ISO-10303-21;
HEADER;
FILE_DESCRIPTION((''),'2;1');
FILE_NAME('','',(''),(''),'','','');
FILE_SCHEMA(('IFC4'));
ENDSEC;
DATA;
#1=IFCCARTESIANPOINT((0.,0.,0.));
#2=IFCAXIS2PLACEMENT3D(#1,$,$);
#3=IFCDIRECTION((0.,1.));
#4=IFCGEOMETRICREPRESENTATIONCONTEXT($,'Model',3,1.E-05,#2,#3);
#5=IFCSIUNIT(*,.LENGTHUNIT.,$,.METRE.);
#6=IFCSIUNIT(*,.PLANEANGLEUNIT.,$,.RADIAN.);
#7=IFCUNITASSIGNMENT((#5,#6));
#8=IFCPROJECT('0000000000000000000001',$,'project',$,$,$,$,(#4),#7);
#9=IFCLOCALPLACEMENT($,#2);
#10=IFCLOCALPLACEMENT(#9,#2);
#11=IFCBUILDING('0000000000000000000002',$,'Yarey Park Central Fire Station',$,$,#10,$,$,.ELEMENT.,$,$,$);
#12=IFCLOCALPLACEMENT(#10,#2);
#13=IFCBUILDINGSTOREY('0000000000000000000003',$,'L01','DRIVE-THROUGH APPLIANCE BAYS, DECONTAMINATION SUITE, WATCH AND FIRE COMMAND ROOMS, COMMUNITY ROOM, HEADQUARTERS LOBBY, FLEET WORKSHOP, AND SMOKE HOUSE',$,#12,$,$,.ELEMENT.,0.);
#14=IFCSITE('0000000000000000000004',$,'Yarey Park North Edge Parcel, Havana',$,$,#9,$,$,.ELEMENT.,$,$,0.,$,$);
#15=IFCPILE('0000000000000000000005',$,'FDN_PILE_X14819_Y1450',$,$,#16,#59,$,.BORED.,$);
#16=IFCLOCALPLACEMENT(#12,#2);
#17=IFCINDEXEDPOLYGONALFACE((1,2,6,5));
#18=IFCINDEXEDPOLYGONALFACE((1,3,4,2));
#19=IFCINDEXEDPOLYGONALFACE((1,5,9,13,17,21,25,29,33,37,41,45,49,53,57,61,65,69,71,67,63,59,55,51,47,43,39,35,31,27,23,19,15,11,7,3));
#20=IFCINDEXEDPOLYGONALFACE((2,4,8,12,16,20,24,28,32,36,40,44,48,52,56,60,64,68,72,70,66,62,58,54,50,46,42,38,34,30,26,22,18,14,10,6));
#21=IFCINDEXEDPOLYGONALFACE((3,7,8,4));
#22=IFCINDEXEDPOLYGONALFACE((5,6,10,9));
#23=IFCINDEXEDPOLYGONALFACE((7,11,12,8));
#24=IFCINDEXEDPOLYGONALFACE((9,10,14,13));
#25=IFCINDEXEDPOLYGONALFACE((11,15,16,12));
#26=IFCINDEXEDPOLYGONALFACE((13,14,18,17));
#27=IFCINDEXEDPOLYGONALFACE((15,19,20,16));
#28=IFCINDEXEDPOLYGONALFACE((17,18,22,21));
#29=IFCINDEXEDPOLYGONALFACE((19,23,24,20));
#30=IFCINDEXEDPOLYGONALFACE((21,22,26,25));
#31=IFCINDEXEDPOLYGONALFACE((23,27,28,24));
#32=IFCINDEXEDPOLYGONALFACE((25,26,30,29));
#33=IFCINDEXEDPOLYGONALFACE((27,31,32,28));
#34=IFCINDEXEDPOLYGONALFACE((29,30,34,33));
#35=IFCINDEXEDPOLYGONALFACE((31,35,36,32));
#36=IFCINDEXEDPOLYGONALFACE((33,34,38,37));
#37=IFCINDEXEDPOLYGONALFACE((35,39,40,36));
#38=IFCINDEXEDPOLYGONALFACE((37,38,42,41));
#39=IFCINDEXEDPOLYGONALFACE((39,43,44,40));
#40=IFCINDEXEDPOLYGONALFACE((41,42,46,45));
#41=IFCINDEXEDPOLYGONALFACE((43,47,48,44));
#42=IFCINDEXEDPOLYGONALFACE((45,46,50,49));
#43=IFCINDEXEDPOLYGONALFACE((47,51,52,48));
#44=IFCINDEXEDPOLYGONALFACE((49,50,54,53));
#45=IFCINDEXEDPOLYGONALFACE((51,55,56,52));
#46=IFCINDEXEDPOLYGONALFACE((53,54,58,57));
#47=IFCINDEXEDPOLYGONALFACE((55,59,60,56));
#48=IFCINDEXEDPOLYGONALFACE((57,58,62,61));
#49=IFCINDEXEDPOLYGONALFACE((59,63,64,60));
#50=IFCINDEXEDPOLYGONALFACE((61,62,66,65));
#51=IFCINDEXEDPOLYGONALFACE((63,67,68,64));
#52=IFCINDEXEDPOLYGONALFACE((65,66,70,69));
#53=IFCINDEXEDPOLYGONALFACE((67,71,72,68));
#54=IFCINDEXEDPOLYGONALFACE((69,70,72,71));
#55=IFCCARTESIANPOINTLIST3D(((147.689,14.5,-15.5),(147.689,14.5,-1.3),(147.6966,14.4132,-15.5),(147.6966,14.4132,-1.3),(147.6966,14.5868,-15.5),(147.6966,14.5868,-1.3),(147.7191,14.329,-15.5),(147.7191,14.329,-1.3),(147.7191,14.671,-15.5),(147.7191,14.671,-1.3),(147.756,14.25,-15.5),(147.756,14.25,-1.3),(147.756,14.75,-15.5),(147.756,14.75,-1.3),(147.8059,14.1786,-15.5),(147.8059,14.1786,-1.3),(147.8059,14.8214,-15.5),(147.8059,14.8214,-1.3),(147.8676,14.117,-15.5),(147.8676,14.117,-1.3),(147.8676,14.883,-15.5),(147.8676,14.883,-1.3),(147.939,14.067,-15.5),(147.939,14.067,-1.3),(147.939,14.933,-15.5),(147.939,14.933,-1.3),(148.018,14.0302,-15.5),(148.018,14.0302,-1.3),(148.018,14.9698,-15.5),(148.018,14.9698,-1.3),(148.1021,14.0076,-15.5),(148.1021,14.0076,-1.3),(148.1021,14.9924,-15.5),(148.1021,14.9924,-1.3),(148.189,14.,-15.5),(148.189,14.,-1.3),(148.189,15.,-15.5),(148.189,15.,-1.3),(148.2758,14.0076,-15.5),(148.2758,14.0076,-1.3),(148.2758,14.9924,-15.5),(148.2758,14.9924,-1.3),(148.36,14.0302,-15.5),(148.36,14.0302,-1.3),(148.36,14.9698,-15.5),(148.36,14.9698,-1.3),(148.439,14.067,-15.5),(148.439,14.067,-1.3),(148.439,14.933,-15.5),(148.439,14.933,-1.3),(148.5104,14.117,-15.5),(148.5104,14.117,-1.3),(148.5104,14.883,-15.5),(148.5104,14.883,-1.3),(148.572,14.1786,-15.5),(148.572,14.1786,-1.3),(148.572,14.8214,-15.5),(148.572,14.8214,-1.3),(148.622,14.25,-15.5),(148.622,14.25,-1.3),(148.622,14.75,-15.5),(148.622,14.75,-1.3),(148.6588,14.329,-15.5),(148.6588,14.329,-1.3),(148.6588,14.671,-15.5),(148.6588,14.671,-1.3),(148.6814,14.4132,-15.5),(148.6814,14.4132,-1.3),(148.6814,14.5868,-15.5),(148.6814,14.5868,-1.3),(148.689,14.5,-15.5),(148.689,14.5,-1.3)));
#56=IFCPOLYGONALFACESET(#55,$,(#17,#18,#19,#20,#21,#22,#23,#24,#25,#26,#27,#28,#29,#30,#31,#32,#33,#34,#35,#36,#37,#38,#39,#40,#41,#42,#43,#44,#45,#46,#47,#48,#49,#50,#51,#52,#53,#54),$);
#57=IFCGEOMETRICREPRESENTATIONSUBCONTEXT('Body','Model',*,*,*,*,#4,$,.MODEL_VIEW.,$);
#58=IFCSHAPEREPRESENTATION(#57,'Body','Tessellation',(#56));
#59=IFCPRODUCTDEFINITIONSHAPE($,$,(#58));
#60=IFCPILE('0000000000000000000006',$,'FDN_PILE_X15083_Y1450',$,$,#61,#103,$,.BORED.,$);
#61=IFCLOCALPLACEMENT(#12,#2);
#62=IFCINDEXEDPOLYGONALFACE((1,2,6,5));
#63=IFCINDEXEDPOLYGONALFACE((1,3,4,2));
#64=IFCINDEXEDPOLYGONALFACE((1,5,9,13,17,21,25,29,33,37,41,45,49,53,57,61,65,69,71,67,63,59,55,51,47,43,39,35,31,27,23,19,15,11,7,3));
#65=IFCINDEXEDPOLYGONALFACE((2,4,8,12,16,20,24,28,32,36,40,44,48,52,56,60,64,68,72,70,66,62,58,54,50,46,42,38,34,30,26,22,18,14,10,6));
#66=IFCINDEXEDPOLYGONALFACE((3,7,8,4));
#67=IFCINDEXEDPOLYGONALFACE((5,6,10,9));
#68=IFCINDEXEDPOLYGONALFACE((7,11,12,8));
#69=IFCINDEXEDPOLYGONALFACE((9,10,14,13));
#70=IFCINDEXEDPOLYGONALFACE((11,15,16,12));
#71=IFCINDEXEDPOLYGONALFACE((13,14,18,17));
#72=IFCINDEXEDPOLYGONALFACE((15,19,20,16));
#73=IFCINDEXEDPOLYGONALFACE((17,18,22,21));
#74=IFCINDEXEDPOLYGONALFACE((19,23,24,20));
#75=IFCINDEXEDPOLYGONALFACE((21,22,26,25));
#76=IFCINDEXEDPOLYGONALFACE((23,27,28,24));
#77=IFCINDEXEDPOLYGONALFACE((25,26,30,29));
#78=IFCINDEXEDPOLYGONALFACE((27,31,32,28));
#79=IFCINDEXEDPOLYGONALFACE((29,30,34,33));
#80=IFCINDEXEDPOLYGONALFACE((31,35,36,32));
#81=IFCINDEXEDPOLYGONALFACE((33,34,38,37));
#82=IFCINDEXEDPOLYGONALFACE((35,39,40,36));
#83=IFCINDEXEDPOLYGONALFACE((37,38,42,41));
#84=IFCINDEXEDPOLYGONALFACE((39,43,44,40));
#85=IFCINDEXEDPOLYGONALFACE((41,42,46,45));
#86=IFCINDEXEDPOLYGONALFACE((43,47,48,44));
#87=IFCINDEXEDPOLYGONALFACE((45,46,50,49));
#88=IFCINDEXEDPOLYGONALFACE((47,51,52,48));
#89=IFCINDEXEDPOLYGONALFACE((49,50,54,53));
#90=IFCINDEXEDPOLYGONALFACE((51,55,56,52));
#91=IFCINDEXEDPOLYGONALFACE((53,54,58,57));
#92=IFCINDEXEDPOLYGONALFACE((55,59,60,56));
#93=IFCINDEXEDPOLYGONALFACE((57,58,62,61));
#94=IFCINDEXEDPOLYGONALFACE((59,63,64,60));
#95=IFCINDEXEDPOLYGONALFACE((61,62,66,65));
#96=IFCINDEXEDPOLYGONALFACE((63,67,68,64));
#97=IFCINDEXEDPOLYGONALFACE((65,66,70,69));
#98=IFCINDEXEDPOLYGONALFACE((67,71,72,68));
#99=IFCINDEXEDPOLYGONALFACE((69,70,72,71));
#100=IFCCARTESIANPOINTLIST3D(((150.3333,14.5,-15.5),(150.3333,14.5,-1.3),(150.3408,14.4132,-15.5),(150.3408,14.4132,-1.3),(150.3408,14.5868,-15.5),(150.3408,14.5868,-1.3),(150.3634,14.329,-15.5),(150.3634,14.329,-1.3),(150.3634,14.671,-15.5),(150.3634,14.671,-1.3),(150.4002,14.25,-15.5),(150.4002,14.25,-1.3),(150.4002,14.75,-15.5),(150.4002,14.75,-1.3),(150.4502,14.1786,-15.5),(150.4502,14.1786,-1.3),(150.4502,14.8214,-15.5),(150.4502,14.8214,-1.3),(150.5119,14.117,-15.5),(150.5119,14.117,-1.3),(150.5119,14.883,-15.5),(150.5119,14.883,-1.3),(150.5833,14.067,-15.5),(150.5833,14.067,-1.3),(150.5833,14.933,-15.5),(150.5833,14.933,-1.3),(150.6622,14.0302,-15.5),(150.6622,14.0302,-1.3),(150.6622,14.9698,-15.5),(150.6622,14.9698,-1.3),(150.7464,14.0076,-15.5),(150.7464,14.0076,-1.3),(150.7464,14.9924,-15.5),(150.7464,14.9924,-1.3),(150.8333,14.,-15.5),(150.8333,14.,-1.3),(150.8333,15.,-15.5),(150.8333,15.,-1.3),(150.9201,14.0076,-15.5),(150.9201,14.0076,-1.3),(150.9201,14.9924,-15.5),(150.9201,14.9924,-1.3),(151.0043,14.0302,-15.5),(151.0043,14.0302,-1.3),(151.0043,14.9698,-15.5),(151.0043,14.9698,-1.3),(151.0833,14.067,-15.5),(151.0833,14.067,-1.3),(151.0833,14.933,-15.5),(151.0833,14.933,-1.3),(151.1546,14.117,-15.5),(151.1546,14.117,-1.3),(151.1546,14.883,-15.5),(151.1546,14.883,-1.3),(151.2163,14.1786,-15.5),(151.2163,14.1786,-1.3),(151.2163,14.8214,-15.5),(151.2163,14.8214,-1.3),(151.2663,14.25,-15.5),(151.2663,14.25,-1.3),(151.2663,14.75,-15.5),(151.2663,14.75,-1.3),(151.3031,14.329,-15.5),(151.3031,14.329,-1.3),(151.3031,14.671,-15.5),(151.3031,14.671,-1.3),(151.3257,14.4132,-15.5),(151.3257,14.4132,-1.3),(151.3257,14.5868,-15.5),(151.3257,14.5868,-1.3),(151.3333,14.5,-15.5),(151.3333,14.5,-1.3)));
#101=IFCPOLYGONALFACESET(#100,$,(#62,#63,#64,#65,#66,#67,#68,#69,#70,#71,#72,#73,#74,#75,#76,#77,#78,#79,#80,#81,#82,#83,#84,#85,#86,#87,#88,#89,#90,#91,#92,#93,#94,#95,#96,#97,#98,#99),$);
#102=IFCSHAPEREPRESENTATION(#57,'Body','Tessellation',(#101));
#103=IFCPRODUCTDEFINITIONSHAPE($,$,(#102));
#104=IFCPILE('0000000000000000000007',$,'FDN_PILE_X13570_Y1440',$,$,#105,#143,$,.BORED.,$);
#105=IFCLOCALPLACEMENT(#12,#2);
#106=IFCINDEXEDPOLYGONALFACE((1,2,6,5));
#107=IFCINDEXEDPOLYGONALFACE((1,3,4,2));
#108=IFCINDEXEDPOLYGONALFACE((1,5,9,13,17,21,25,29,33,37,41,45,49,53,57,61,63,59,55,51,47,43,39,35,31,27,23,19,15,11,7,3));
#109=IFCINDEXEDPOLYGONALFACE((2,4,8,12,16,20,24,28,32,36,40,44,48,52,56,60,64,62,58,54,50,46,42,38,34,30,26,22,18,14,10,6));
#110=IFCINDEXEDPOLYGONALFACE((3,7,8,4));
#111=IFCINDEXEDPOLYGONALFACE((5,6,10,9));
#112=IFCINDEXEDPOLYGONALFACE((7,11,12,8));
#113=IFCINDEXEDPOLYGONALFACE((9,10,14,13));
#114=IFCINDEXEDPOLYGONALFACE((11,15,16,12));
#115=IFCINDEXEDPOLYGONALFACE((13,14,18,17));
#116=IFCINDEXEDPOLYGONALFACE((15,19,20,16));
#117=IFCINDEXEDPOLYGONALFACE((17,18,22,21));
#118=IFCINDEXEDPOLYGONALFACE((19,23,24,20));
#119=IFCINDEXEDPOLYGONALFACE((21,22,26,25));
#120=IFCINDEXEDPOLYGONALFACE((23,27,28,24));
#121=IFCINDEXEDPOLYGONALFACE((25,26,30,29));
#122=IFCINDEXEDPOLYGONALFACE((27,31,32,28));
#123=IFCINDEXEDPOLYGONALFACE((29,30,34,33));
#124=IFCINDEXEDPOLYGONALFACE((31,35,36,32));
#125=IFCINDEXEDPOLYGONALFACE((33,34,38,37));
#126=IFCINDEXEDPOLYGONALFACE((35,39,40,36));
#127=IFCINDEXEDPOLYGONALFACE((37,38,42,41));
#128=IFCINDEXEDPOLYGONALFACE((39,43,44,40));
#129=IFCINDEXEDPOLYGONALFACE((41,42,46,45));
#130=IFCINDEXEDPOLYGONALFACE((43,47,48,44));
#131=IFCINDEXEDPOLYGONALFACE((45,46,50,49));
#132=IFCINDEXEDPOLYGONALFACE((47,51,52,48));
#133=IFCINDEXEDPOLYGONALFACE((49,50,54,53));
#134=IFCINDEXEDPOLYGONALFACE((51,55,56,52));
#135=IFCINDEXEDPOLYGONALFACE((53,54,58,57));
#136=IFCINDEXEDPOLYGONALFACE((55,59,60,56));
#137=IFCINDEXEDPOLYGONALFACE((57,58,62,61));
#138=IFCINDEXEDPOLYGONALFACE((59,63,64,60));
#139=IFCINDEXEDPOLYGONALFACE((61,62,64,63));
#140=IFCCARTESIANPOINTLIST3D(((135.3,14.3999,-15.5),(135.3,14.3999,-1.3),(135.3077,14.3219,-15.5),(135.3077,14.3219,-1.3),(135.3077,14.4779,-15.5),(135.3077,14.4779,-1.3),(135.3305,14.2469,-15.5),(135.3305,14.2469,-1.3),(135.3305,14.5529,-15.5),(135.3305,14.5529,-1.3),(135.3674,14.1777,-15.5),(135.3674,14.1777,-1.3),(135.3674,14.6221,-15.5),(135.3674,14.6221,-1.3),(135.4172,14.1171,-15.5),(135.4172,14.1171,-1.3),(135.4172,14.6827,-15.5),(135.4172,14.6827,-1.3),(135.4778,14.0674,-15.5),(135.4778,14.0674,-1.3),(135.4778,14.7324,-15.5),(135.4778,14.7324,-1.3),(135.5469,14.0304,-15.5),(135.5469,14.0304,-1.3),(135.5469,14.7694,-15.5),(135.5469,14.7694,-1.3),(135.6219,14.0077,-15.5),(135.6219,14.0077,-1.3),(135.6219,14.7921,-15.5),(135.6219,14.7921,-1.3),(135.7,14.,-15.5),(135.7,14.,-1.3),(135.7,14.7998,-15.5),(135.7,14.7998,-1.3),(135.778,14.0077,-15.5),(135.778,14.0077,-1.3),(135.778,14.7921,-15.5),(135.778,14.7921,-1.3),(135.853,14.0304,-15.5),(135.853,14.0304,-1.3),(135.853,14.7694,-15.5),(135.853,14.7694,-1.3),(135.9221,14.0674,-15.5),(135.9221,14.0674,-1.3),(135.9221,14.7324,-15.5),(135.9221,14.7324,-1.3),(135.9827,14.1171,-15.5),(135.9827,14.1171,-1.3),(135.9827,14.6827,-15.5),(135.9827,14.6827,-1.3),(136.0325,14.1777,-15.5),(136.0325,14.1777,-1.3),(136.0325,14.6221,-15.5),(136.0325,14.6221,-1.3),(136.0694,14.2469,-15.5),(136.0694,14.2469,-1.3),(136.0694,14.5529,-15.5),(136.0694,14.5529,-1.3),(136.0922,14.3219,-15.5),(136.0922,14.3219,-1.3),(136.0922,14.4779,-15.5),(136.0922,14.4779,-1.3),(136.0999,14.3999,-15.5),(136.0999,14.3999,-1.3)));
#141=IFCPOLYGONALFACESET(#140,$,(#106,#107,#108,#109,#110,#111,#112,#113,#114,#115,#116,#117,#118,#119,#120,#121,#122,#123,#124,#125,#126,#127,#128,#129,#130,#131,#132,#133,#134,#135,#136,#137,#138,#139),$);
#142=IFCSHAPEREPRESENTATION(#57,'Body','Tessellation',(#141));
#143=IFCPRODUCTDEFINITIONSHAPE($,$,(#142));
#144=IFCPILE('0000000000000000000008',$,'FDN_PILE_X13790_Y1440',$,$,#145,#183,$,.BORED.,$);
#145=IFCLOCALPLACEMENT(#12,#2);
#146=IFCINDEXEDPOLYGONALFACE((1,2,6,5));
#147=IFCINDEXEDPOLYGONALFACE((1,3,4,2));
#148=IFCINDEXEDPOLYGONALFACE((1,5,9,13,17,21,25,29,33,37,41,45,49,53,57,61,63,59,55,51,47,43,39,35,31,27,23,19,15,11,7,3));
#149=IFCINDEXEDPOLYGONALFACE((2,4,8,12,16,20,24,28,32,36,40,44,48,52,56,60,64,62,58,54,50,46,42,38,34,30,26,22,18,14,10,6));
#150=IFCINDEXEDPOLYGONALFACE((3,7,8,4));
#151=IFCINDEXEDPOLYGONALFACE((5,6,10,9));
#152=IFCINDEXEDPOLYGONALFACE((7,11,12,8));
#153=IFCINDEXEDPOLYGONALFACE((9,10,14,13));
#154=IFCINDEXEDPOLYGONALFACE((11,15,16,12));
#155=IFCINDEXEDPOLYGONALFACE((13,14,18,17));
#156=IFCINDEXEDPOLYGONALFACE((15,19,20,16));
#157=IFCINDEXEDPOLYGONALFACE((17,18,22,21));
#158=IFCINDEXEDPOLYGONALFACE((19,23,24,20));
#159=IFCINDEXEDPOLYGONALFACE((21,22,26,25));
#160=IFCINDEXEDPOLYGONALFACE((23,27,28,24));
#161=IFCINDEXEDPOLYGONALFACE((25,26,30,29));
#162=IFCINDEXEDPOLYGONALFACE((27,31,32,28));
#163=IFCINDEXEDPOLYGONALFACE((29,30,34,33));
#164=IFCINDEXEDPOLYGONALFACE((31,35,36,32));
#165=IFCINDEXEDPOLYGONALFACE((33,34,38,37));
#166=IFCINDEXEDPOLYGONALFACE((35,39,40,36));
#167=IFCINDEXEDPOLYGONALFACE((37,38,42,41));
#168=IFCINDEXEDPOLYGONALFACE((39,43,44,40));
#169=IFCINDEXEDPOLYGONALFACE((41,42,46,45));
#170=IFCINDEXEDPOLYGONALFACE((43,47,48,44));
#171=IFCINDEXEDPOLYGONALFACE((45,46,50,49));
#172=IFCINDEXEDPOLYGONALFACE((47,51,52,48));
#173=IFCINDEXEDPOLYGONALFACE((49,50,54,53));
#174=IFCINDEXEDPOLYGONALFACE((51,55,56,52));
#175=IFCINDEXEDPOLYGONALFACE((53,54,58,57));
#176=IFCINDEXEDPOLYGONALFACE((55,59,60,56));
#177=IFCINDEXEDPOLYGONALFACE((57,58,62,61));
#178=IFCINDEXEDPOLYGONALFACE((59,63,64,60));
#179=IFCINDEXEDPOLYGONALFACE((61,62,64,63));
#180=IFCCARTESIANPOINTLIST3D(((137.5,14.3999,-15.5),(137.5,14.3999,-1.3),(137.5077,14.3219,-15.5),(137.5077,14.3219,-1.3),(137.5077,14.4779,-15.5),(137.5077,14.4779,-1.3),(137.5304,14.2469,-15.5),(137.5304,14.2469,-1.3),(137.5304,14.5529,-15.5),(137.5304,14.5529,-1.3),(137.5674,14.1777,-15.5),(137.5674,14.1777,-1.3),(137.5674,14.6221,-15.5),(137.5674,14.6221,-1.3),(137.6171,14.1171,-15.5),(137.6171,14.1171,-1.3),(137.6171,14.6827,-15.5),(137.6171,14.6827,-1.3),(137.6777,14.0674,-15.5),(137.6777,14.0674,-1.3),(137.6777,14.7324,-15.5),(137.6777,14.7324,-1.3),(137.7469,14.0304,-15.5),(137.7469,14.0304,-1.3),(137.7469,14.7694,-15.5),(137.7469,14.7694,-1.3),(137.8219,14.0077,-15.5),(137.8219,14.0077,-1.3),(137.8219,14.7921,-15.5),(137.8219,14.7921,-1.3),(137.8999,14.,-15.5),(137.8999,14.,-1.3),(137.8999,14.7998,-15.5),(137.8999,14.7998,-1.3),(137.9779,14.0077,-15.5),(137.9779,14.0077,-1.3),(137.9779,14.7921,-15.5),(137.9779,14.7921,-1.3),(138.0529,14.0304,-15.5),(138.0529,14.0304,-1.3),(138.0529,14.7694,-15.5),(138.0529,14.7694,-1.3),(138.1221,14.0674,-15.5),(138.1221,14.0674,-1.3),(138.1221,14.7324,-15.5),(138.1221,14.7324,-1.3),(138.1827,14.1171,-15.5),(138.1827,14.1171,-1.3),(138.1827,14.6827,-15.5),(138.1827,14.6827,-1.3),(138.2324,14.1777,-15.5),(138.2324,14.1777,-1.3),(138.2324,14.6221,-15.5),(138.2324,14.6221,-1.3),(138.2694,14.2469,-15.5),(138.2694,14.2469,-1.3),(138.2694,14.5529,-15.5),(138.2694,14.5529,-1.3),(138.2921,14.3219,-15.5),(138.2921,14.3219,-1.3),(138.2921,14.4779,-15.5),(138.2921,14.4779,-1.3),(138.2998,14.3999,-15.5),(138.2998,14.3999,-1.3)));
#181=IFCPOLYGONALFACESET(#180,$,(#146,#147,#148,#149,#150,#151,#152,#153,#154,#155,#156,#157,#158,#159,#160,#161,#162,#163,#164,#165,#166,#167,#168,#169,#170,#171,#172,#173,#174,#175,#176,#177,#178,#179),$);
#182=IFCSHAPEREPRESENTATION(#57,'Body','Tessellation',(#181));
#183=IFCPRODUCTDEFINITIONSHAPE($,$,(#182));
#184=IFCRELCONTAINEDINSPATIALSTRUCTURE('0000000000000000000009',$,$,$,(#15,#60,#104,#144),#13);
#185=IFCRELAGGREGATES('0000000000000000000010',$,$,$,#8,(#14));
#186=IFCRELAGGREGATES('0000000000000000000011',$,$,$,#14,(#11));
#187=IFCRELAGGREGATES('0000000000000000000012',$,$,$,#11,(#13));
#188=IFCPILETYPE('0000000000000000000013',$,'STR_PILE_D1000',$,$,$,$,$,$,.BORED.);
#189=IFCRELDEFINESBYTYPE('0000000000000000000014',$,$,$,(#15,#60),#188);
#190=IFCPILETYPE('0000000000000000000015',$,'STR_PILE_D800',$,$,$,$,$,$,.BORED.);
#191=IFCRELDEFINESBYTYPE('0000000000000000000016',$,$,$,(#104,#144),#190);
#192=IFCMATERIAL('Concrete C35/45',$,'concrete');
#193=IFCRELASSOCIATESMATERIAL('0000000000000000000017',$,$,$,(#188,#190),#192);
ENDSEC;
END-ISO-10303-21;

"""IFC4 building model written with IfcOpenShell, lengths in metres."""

from ifc_helpers import new_model, si_unit, direction, frame, origin, origin_2d, place, context, subcontext, project, spatial, circle, extrude, material, material_profile, profile_set, type_object, element, save


model = new_model("IFC4")

# Units and contexts
model_context = context("Model", 3, precision=1e-05, world=origin(), true_north=direction((0.0, 1.0)))
body_context = subcontext(model_context, "Body", "Model", "MODEL_VIEW")
ifc_project = project(units=[si_unit("LENGTHUNIT", "METRE"), si_unit("PLANEANGLEUNIT", "RADIAN")], contexts=[model_context])

# Site, building, storey
site_placement = place(None, origin())
site = spatial("IfcSite", under=ifc_project, at=site_placement, Name="Yarey Park North Edge Parcel, Havana", CompositionType="ELEMENT", RefElevation=0.0)
building_placement = place(site_placement, origin())
building = spatial("IfcBuilding", under=site, at=building_placement, Name="Yarey Park Central Fire Station", CompositionType="ELEMENT")
storey_placement = place(building_placement, origin())
storey = spatial("IfcBuildingStorey", under=building, at=storey_placement, Name="L01", Description="DRIVE-THROUGH APPLIANCE BAYS, DECONTAMINATION SUITE, WATCH AND FIRE COMMAND ROOMS, COMMUNITY ROOM, HEADQUARTERS LOBBY, FLEET WORKSHOP, AND SMOKE HOUSE", CompositionType="ELEMENT", Elevation=0.0)

# Shared definitions
ifc_material_1 = material(Name="Concrete C35/45", Category="concrete")

# Piles
ifc_material_profile_1 = material_profile(ifc_material_1, circle(Radius=0.5, at=origin_2d()), Name="BORED PILE D1000")
ifc_profile_set_1 = profile_set([ifc_material_profile_1], Name="Concrete C35/45")
pile_type_1 = type_object("IfcPileType", Name="STR_PILE_D1000", PredefinedType="BORED", material=ifc_profile_set_1)
for number, where, z_axis, x_axis, name in (
    (1, (148.189, 14.5, -1.3), (0.0, 0.0, -1.0), (1.0, 0.0, 0.0), "FDN_PILE_X14819_Y1450"),
    (2, (150.8333, 14.5, -1.3), (0.0, 0.0, -1.0), (1.0, 0.0, 0.0), "FDN_PILE_X15083_Y1450"),
):
    element("IfcPile", number, at=place(storey_placement, frame(where, z_axis=z_axis, x_axis=x_axis)), inside=storey, type_object=pile_type_1, Name=name, PredefinedType="BORED", context=body_context, shape_type="SweptSolid", body=[
        extrude(circle(Radius=0.5, at=origin_2d()), origin(), (0.0, 0.0, 1.0), 14.2),
    ])
ifc_material_profile_2 = material_profile(ifc_material_1, circle(Radius=0.3999, at=origin_2d()), Name="BORED PILE D800")
ifc_profile_set_2 = profile_set([ifc_material_profile_2], Name="Concrete C35/45")
pile_type_2 = type_object("IfcPileType", Name="STR_PILE_D800", PredefinedType="BORED", material=ifc_profile_set_2)
for number, where, z_axis, x_axis, name in (
    (3, (135.7, 14.3999, -1.3), (0.0, 0.0, -1.0), (1.0, 0.0, 0.0), "FDN_PILE_X13570_Y1440"),
    (4, (137.8999, 14.3999, -1.3), (0.0, 0.0, -1.0), (1.0, 0.0, 0.0), "FDN_PILE_X13790_Y1440"),
):
    element("IfcPile", number, at=place(storey_placement, frame(where, z_axis=z_axis, x_axis=x_axis)), inside=storey, type_object=pile_type_2, Name=name, PredefinedType="BORED", context=body_context, shape_type="SweptSolid", body=[
        extrude(circle(Radius=0.3999, at=origin_2d()), origin(), (0.0, 0.0, 1.0), 14.2),
    ])

save(model, "model.ifc")
